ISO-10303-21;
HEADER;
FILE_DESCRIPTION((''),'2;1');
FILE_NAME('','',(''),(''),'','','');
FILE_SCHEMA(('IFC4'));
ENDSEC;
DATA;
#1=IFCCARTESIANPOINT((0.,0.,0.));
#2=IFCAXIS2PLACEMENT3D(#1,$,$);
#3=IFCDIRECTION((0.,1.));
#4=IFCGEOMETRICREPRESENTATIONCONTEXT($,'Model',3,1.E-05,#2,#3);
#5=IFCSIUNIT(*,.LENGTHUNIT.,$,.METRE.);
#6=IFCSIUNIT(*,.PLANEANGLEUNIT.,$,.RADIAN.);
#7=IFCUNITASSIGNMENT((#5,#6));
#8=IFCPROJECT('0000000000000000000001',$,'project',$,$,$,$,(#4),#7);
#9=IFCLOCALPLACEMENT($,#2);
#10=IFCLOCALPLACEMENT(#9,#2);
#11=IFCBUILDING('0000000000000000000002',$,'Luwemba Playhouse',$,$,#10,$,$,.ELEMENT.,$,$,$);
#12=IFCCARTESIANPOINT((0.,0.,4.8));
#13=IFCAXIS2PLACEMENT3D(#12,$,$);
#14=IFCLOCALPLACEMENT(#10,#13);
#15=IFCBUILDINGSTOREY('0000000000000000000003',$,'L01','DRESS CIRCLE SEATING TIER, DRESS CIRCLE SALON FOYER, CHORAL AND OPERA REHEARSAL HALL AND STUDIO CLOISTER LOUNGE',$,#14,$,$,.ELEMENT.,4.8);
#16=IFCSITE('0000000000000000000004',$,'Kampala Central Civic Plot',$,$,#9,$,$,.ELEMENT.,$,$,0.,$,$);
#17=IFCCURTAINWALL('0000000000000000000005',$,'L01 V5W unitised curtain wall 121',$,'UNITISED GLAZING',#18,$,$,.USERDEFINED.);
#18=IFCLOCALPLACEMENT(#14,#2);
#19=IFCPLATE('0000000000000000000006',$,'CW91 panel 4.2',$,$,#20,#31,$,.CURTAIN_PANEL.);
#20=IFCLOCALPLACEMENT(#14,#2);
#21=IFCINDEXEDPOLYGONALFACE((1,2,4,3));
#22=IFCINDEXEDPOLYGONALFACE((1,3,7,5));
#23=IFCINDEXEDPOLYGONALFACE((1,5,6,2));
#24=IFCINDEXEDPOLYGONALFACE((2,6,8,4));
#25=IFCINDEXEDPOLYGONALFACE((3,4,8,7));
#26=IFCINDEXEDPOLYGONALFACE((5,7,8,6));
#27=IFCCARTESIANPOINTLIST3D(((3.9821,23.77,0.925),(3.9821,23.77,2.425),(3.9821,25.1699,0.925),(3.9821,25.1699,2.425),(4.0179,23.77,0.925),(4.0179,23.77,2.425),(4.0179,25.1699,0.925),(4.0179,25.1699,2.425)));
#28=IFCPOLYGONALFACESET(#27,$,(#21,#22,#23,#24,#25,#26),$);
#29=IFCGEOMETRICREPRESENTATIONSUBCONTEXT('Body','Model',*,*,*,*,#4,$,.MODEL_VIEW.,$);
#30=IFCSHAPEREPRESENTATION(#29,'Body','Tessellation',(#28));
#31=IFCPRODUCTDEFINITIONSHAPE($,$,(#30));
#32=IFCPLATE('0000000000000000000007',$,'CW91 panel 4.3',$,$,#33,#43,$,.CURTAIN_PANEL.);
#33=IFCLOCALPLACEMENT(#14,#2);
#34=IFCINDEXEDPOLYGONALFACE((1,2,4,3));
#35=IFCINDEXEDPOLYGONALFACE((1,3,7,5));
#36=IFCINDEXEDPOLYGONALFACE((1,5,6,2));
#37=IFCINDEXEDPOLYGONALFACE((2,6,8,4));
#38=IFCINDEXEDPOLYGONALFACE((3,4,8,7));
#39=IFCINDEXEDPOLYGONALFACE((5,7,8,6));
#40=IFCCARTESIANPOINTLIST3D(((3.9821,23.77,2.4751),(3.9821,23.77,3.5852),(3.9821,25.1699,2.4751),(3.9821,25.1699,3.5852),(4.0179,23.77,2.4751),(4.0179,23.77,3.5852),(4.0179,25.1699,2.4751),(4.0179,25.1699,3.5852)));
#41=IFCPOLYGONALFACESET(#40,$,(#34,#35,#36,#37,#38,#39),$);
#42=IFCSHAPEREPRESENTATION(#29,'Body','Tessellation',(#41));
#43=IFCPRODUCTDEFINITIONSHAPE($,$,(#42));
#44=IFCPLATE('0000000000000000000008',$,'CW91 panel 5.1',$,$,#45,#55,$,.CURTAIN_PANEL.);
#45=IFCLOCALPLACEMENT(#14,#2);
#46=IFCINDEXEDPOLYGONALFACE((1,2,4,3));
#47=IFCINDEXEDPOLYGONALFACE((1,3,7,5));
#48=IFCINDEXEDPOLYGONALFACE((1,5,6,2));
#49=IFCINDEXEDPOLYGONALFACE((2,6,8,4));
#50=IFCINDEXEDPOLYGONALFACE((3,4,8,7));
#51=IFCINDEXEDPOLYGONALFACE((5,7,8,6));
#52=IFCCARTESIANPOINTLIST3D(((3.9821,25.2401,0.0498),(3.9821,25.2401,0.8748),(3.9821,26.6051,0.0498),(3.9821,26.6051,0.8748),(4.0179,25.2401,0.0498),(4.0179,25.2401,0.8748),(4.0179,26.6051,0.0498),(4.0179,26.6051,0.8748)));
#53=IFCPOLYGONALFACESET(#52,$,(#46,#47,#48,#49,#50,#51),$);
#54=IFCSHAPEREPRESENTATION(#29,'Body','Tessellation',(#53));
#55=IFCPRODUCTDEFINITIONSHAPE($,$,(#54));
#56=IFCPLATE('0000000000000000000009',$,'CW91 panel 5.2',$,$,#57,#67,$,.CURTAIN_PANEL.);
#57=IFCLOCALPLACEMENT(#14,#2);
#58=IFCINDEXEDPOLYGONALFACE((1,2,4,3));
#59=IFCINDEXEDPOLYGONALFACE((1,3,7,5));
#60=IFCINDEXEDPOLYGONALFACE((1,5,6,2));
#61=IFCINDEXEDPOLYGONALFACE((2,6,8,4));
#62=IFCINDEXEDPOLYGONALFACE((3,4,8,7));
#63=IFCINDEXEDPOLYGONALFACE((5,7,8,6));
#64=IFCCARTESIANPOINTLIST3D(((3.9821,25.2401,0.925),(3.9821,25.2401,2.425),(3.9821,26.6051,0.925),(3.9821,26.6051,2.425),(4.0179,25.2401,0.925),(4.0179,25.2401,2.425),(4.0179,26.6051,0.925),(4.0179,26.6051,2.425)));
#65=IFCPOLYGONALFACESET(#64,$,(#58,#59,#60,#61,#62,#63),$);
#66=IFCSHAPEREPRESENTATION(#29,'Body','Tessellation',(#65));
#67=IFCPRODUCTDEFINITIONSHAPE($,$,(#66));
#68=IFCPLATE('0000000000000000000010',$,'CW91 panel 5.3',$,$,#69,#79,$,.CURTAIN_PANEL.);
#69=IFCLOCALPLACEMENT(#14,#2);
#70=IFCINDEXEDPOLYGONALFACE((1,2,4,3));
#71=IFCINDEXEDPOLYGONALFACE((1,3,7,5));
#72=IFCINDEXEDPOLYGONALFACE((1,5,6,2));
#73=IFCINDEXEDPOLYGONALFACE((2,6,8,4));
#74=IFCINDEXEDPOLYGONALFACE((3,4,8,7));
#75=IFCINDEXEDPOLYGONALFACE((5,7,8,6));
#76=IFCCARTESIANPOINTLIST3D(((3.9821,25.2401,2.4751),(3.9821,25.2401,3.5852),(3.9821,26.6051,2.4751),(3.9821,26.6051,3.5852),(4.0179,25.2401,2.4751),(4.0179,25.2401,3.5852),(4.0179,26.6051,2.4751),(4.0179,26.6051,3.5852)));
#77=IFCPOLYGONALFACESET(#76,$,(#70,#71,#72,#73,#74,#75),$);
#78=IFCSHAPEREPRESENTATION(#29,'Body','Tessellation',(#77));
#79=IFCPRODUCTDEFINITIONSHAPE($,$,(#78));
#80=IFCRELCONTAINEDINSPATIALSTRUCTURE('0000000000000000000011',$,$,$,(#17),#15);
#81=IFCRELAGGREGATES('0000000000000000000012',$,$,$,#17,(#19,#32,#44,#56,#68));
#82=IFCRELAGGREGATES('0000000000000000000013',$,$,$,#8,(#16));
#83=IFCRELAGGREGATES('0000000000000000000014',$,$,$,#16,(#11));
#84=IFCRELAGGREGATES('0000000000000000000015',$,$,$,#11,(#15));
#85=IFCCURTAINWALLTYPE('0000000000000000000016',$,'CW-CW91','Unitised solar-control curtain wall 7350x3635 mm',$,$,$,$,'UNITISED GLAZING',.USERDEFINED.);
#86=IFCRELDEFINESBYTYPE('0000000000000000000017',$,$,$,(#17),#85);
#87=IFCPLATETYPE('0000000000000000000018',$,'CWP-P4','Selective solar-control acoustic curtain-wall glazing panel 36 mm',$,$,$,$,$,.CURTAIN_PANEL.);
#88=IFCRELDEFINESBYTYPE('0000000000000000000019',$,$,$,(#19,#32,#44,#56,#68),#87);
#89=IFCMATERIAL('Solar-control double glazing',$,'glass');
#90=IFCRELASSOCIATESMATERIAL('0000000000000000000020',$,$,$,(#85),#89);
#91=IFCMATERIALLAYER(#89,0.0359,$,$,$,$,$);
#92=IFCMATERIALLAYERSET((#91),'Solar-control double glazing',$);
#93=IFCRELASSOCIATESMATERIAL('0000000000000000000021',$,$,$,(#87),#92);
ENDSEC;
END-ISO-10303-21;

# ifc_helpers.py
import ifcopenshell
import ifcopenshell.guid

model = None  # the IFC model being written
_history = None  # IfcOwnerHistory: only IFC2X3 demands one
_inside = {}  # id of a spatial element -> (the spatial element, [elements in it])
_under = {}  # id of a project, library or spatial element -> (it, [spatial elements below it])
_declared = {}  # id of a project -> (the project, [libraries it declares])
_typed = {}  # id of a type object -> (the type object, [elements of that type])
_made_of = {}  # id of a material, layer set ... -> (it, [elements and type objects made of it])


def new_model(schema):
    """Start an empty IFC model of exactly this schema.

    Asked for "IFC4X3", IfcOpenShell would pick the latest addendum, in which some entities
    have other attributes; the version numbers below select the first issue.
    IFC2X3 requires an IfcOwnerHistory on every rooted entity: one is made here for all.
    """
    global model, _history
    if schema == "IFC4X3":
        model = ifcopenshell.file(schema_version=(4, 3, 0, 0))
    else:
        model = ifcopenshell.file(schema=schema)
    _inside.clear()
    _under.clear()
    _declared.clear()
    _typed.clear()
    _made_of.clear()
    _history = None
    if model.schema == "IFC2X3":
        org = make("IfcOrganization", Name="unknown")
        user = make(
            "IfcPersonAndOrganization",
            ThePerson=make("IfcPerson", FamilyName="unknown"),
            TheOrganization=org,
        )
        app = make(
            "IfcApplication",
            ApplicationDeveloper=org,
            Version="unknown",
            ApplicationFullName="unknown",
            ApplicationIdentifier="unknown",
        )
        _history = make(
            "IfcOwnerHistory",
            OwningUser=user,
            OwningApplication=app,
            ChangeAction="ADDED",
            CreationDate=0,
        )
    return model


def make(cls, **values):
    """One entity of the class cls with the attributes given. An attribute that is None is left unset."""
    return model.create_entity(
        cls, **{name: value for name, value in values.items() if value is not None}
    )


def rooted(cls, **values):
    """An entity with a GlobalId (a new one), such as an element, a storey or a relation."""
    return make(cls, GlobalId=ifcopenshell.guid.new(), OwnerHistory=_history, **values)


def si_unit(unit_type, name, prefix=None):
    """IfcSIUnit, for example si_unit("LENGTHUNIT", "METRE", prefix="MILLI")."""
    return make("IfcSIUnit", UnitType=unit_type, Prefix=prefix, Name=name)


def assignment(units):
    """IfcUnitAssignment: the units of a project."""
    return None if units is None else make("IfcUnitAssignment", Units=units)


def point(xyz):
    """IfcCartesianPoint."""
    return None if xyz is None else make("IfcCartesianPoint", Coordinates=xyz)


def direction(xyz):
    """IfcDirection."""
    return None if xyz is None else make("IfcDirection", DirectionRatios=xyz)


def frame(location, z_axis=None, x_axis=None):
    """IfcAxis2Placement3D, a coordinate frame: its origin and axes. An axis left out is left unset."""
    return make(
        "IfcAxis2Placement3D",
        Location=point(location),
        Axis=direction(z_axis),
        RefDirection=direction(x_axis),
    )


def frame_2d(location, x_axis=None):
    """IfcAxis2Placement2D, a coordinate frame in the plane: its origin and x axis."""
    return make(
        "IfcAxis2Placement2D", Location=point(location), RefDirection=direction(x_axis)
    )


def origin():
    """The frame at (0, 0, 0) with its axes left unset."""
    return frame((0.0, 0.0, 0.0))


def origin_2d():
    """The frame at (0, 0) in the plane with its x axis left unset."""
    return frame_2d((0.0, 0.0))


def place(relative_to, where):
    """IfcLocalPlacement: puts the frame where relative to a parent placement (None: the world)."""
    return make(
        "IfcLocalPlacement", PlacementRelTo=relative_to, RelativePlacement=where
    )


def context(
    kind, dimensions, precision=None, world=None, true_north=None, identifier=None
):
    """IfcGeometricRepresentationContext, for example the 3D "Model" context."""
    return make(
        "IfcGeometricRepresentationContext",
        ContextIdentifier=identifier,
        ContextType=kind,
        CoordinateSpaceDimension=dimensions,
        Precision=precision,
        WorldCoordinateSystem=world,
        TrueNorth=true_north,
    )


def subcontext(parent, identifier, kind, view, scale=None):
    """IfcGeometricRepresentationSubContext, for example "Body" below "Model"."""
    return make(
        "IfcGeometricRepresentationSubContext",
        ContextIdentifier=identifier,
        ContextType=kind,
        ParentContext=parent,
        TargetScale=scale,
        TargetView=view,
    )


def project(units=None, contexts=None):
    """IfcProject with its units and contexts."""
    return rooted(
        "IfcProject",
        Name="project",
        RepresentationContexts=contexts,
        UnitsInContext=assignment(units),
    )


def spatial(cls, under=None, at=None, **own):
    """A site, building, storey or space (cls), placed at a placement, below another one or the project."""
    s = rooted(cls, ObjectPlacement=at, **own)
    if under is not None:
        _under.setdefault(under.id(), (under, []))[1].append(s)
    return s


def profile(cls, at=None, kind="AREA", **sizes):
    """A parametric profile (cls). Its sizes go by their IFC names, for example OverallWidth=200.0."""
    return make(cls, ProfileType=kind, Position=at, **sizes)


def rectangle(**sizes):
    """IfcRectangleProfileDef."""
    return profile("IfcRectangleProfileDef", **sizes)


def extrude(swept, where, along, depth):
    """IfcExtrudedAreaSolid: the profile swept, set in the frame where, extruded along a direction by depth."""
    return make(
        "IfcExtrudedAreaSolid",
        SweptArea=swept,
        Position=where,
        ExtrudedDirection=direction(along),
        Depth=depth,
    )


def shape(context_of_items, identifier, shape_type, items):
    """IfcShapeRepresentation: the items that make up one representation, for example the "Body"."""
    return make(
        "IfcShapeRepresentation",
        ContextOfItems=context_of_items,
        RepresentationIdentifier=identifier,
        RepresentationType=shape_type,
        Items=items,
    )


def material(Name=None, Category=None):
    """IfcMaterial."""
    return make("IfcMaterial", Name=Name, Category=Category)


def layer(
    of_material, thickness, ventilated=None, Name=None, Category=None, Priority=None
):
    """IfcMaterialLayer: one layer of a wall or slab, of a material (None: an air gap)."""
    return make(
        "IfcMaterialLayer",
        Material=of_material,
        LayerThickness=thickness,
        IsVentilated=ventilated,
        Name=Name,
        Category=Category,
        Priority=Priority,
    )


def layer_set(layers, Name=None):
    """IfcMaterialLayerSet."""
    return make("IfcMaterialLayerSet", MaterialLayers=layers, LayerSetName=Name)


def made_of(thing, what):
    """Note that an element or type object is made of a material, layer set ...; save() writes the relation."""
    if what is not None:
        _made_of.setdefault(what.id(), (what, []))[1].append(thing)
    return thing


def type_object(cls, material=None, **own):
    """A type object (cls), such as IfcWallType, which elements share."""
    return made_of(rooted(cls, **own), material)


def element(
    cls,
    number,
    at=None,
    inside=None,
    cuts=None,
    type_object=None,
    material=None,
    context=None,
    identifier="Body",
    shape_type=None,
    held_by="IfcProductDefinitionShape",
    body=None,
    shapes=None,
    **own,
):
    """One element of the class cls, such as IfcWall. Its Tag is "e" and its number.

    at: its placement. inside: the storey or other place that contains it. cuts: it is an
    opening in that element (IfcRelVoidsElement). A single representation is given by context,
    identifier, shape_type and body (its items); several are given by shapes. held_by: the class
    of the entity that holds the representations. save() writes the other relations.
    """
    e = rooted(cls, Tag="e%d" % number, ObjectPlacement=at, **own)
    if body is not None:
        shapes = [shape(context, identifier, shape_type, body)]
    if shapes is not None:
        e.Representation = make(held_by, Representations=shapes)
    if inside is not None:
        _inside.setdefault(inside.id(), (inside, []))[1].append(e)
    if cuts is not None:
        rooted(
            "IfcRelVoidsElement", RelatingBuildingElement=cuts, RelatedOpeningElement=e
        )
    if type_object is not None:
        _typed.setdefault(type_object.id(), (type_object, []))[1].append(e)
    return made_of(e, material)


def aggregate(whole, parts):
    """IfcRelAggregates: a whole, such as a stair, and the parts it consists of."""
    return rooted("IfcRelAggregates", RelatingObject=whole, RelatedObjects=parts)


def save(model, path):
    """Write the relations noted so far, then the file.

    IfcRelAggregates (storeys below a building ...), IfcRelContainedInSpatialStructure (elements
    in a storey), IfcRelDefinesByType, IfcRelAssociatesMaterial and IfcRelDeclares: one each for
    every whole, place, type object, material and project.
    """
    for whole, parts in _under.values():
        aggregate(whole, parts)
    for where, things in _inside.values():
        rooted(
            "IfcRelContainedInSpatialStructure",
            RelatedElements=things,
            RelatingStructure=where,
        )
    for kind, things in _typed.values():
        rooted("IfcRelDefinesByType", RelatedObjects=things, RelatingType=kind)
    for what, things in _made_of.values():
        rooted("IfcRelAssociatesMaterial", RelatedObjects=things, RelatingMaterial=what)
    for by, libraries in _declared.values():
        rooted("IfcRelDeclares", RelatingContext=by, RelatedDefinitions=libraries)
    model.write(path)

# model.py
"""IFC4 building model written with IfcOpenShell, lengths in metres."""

from ifc_helpers import new_model, si_unit, direction, frame, origin, origin_2d, place, context, subcontext, project, spatial, rectangle, extrude, material, layer, layer_set, type_object, element, aggregate, save


model = new_model("IFC4")

# Units and contexts
model_context = context("Model", 3, precision=1e-05, world=origin(), true_north=direction((0.0, 1.0)))
body_context = subcontext(model_context, "Body", "Model", "MODEL_VIEW")
ifc_project = project(units=[si_unit("LENGTHUNIT", "METRE"), si_unit("PLANEANGLEUNIT", "RADIAN")], contexts=[model_context])

# Site, building, storey
site_placement = place(None, origin())
site = spatial("IfcSite", under=ifc_project, at=site_placement, Name="Kampala Central Civic Plot", CompositionType="ELEMENT", RefElevation=0.0)
building_placement = place(site_placement, origin())
building = spatial("IfcBuilding", under=site, at=building_placement, Name="Luwemba Playhouse", CompositionType="ELEMENT")
storey_placement = place(building_placement, frame((0.0, 0.0, 4.8)))
storey = spatial("IfcBuildingStorey", under=building, at=storey_placement, Name="L01", Description="DRESS CIRCLE SEATING TIER, DRESS CIRCLE SALON FOYER, CHORAL AND OPERA REHEARSAL HALL AND STUDIO CLOISTER LOUNGE", CompositionType="ELEMENT", Elevation=4.8)

# Shared definitions
ifc_material_1 = material(Name="Solar-control double glazing", Category="glass")

# Curtain wall
curtain_wall_type_1 = type_object("IfcCurtainWallType", Name="CW-CW91", Description="Unitised solar-control curtain wall 7350x3635 mm", ElementType="UNITISED GLAZING", PredefinedType="USERDEFINED", material=ifc_material_1)
curtain_wall_1_placement = place(storey_placement, origin())
curtain_wall_1 = element("IfcCurtainWall", 1, at=curtain_wall_1_placement, inside=storey, type_object=curtain_wall_type_1, Name="L01 V5W unitised curtain wall 121", ObjectType="UNITISED GLAZING", PredefinedType="USERDEFINED")

# Plates
ifc_layer = layer(ifc_material_1, 0.0359)
ifc_layer_set = layer_set([ifc_layer], Name="Solar-control double glazing")
plate_type = type_object("IfcPlateType", Name="CWP-P4", Description="Selective solar-control acoustic curtain-wall glazing panel 36 mm", PredefinedType="CURTAIN_PANEL", material=ifc_layer_set)
plate_1_placement = place(storey_placement, frame((4.0, 24.47, 0.925), z_axis=(0.0, 0.0, 1.0), x_axis=(0.0, 1.0, 0.0)))
plate_1 = element("IfcPlate", 2, at=plate_1_placement, type_object=plate_type, Name="CW91 panel 4.2", PredefinedType="CURTAIN_PANEL", context=body_context, shape_type="SweptSolid", body=[
    extrude(rectangle(XDim=1.3999, YDim=0.0359, at=origin_2d()), origin(), (0.0, 0.0, 1.0), 1.5),
])
plate_2_placement = place(storey_placement, frame((4.0, 24.47, 2.4751), z_axis=(0.0, 0.0, 1.0), x_axis=(0.0, 1.0, 0.0)))
plate_2 = element("IfcPlate", 3, at=plate_2_placement, type_object=plate_type, Name="CW91 panel 4.3", PredefinedType="CURTAIN_PANEL", context=body_context, shape_type="SweptSolid", body=[
    extrude(rectangle(XDim=1.3999, YDim=0.0359, at=origin_2d()), origin(), (0.0, 0.0, 1.0), 1.1101),
])
plate_3_placement = place(storey_placement, frame((4.0, 25.9226, 0.0498), z_axis=(0.0, 0.0, 1.0), x_axis=(0.0, 1.0, 0.0)))
plate_3 = element("IfcPlate", 4, at=plate_3_placement, type_object=plate_type, Name="CW91 panel 5.1", PredefinedType="CURTAIN_PANEL", context=body_context, shape_type="SweptSolid", body=[
    extrude(rectangle(XDim=1.365, YDim=0.0359, at=origin_2d()), origin(), (0.0, 0.0, 1.0), 0.825),
])
plate_4_placement = place(storey_placement, frame((4.0, 25.9226, 0.925), z_axis=(0.0, 0.0, 1.0), x_axis=(0.0, 1.0, 0.0)))
plate_4 = element("IfcPlate", 5, at=plate_4_placement, type_object=plate_type, Name="CW91 panel 5.2", PredefinedType="CURTAIN_PANEL", context=body_context, shape_type="SweptSolid", body=[
    extrude(rectangle(XDim=1.365, YDim=0.0359, at=origin_2d()), origin(), (0.0, 0.0, 1.0), 1.5),
])
plate_5_placement = place(storey_placement, frame((4.0, 25.9226, 2.4751), z_axis=(0.0, 0.0, 1.0), x_axis=(0.0, 1.0, 0.0)))
plate_5 = element("IfcPlate", 6, at=plate_5_placement, type_object=plate_type, Name="CW91 panel 5.3", PredefinedType="CURTAIN_PANEL", context=body_context, shape_type="SweptSolid", body=[
    extrude(rectangle(XDim=1.365, YDim=0.0359, at=origin_2d()), origin(), (0.0, 0.0, 1.0), 1.1101),
])
aggregate(curtain_wall_1, [plate_1, plate_2, plate_3, plate_4, plate_5])

save(model, "model.ifc")
